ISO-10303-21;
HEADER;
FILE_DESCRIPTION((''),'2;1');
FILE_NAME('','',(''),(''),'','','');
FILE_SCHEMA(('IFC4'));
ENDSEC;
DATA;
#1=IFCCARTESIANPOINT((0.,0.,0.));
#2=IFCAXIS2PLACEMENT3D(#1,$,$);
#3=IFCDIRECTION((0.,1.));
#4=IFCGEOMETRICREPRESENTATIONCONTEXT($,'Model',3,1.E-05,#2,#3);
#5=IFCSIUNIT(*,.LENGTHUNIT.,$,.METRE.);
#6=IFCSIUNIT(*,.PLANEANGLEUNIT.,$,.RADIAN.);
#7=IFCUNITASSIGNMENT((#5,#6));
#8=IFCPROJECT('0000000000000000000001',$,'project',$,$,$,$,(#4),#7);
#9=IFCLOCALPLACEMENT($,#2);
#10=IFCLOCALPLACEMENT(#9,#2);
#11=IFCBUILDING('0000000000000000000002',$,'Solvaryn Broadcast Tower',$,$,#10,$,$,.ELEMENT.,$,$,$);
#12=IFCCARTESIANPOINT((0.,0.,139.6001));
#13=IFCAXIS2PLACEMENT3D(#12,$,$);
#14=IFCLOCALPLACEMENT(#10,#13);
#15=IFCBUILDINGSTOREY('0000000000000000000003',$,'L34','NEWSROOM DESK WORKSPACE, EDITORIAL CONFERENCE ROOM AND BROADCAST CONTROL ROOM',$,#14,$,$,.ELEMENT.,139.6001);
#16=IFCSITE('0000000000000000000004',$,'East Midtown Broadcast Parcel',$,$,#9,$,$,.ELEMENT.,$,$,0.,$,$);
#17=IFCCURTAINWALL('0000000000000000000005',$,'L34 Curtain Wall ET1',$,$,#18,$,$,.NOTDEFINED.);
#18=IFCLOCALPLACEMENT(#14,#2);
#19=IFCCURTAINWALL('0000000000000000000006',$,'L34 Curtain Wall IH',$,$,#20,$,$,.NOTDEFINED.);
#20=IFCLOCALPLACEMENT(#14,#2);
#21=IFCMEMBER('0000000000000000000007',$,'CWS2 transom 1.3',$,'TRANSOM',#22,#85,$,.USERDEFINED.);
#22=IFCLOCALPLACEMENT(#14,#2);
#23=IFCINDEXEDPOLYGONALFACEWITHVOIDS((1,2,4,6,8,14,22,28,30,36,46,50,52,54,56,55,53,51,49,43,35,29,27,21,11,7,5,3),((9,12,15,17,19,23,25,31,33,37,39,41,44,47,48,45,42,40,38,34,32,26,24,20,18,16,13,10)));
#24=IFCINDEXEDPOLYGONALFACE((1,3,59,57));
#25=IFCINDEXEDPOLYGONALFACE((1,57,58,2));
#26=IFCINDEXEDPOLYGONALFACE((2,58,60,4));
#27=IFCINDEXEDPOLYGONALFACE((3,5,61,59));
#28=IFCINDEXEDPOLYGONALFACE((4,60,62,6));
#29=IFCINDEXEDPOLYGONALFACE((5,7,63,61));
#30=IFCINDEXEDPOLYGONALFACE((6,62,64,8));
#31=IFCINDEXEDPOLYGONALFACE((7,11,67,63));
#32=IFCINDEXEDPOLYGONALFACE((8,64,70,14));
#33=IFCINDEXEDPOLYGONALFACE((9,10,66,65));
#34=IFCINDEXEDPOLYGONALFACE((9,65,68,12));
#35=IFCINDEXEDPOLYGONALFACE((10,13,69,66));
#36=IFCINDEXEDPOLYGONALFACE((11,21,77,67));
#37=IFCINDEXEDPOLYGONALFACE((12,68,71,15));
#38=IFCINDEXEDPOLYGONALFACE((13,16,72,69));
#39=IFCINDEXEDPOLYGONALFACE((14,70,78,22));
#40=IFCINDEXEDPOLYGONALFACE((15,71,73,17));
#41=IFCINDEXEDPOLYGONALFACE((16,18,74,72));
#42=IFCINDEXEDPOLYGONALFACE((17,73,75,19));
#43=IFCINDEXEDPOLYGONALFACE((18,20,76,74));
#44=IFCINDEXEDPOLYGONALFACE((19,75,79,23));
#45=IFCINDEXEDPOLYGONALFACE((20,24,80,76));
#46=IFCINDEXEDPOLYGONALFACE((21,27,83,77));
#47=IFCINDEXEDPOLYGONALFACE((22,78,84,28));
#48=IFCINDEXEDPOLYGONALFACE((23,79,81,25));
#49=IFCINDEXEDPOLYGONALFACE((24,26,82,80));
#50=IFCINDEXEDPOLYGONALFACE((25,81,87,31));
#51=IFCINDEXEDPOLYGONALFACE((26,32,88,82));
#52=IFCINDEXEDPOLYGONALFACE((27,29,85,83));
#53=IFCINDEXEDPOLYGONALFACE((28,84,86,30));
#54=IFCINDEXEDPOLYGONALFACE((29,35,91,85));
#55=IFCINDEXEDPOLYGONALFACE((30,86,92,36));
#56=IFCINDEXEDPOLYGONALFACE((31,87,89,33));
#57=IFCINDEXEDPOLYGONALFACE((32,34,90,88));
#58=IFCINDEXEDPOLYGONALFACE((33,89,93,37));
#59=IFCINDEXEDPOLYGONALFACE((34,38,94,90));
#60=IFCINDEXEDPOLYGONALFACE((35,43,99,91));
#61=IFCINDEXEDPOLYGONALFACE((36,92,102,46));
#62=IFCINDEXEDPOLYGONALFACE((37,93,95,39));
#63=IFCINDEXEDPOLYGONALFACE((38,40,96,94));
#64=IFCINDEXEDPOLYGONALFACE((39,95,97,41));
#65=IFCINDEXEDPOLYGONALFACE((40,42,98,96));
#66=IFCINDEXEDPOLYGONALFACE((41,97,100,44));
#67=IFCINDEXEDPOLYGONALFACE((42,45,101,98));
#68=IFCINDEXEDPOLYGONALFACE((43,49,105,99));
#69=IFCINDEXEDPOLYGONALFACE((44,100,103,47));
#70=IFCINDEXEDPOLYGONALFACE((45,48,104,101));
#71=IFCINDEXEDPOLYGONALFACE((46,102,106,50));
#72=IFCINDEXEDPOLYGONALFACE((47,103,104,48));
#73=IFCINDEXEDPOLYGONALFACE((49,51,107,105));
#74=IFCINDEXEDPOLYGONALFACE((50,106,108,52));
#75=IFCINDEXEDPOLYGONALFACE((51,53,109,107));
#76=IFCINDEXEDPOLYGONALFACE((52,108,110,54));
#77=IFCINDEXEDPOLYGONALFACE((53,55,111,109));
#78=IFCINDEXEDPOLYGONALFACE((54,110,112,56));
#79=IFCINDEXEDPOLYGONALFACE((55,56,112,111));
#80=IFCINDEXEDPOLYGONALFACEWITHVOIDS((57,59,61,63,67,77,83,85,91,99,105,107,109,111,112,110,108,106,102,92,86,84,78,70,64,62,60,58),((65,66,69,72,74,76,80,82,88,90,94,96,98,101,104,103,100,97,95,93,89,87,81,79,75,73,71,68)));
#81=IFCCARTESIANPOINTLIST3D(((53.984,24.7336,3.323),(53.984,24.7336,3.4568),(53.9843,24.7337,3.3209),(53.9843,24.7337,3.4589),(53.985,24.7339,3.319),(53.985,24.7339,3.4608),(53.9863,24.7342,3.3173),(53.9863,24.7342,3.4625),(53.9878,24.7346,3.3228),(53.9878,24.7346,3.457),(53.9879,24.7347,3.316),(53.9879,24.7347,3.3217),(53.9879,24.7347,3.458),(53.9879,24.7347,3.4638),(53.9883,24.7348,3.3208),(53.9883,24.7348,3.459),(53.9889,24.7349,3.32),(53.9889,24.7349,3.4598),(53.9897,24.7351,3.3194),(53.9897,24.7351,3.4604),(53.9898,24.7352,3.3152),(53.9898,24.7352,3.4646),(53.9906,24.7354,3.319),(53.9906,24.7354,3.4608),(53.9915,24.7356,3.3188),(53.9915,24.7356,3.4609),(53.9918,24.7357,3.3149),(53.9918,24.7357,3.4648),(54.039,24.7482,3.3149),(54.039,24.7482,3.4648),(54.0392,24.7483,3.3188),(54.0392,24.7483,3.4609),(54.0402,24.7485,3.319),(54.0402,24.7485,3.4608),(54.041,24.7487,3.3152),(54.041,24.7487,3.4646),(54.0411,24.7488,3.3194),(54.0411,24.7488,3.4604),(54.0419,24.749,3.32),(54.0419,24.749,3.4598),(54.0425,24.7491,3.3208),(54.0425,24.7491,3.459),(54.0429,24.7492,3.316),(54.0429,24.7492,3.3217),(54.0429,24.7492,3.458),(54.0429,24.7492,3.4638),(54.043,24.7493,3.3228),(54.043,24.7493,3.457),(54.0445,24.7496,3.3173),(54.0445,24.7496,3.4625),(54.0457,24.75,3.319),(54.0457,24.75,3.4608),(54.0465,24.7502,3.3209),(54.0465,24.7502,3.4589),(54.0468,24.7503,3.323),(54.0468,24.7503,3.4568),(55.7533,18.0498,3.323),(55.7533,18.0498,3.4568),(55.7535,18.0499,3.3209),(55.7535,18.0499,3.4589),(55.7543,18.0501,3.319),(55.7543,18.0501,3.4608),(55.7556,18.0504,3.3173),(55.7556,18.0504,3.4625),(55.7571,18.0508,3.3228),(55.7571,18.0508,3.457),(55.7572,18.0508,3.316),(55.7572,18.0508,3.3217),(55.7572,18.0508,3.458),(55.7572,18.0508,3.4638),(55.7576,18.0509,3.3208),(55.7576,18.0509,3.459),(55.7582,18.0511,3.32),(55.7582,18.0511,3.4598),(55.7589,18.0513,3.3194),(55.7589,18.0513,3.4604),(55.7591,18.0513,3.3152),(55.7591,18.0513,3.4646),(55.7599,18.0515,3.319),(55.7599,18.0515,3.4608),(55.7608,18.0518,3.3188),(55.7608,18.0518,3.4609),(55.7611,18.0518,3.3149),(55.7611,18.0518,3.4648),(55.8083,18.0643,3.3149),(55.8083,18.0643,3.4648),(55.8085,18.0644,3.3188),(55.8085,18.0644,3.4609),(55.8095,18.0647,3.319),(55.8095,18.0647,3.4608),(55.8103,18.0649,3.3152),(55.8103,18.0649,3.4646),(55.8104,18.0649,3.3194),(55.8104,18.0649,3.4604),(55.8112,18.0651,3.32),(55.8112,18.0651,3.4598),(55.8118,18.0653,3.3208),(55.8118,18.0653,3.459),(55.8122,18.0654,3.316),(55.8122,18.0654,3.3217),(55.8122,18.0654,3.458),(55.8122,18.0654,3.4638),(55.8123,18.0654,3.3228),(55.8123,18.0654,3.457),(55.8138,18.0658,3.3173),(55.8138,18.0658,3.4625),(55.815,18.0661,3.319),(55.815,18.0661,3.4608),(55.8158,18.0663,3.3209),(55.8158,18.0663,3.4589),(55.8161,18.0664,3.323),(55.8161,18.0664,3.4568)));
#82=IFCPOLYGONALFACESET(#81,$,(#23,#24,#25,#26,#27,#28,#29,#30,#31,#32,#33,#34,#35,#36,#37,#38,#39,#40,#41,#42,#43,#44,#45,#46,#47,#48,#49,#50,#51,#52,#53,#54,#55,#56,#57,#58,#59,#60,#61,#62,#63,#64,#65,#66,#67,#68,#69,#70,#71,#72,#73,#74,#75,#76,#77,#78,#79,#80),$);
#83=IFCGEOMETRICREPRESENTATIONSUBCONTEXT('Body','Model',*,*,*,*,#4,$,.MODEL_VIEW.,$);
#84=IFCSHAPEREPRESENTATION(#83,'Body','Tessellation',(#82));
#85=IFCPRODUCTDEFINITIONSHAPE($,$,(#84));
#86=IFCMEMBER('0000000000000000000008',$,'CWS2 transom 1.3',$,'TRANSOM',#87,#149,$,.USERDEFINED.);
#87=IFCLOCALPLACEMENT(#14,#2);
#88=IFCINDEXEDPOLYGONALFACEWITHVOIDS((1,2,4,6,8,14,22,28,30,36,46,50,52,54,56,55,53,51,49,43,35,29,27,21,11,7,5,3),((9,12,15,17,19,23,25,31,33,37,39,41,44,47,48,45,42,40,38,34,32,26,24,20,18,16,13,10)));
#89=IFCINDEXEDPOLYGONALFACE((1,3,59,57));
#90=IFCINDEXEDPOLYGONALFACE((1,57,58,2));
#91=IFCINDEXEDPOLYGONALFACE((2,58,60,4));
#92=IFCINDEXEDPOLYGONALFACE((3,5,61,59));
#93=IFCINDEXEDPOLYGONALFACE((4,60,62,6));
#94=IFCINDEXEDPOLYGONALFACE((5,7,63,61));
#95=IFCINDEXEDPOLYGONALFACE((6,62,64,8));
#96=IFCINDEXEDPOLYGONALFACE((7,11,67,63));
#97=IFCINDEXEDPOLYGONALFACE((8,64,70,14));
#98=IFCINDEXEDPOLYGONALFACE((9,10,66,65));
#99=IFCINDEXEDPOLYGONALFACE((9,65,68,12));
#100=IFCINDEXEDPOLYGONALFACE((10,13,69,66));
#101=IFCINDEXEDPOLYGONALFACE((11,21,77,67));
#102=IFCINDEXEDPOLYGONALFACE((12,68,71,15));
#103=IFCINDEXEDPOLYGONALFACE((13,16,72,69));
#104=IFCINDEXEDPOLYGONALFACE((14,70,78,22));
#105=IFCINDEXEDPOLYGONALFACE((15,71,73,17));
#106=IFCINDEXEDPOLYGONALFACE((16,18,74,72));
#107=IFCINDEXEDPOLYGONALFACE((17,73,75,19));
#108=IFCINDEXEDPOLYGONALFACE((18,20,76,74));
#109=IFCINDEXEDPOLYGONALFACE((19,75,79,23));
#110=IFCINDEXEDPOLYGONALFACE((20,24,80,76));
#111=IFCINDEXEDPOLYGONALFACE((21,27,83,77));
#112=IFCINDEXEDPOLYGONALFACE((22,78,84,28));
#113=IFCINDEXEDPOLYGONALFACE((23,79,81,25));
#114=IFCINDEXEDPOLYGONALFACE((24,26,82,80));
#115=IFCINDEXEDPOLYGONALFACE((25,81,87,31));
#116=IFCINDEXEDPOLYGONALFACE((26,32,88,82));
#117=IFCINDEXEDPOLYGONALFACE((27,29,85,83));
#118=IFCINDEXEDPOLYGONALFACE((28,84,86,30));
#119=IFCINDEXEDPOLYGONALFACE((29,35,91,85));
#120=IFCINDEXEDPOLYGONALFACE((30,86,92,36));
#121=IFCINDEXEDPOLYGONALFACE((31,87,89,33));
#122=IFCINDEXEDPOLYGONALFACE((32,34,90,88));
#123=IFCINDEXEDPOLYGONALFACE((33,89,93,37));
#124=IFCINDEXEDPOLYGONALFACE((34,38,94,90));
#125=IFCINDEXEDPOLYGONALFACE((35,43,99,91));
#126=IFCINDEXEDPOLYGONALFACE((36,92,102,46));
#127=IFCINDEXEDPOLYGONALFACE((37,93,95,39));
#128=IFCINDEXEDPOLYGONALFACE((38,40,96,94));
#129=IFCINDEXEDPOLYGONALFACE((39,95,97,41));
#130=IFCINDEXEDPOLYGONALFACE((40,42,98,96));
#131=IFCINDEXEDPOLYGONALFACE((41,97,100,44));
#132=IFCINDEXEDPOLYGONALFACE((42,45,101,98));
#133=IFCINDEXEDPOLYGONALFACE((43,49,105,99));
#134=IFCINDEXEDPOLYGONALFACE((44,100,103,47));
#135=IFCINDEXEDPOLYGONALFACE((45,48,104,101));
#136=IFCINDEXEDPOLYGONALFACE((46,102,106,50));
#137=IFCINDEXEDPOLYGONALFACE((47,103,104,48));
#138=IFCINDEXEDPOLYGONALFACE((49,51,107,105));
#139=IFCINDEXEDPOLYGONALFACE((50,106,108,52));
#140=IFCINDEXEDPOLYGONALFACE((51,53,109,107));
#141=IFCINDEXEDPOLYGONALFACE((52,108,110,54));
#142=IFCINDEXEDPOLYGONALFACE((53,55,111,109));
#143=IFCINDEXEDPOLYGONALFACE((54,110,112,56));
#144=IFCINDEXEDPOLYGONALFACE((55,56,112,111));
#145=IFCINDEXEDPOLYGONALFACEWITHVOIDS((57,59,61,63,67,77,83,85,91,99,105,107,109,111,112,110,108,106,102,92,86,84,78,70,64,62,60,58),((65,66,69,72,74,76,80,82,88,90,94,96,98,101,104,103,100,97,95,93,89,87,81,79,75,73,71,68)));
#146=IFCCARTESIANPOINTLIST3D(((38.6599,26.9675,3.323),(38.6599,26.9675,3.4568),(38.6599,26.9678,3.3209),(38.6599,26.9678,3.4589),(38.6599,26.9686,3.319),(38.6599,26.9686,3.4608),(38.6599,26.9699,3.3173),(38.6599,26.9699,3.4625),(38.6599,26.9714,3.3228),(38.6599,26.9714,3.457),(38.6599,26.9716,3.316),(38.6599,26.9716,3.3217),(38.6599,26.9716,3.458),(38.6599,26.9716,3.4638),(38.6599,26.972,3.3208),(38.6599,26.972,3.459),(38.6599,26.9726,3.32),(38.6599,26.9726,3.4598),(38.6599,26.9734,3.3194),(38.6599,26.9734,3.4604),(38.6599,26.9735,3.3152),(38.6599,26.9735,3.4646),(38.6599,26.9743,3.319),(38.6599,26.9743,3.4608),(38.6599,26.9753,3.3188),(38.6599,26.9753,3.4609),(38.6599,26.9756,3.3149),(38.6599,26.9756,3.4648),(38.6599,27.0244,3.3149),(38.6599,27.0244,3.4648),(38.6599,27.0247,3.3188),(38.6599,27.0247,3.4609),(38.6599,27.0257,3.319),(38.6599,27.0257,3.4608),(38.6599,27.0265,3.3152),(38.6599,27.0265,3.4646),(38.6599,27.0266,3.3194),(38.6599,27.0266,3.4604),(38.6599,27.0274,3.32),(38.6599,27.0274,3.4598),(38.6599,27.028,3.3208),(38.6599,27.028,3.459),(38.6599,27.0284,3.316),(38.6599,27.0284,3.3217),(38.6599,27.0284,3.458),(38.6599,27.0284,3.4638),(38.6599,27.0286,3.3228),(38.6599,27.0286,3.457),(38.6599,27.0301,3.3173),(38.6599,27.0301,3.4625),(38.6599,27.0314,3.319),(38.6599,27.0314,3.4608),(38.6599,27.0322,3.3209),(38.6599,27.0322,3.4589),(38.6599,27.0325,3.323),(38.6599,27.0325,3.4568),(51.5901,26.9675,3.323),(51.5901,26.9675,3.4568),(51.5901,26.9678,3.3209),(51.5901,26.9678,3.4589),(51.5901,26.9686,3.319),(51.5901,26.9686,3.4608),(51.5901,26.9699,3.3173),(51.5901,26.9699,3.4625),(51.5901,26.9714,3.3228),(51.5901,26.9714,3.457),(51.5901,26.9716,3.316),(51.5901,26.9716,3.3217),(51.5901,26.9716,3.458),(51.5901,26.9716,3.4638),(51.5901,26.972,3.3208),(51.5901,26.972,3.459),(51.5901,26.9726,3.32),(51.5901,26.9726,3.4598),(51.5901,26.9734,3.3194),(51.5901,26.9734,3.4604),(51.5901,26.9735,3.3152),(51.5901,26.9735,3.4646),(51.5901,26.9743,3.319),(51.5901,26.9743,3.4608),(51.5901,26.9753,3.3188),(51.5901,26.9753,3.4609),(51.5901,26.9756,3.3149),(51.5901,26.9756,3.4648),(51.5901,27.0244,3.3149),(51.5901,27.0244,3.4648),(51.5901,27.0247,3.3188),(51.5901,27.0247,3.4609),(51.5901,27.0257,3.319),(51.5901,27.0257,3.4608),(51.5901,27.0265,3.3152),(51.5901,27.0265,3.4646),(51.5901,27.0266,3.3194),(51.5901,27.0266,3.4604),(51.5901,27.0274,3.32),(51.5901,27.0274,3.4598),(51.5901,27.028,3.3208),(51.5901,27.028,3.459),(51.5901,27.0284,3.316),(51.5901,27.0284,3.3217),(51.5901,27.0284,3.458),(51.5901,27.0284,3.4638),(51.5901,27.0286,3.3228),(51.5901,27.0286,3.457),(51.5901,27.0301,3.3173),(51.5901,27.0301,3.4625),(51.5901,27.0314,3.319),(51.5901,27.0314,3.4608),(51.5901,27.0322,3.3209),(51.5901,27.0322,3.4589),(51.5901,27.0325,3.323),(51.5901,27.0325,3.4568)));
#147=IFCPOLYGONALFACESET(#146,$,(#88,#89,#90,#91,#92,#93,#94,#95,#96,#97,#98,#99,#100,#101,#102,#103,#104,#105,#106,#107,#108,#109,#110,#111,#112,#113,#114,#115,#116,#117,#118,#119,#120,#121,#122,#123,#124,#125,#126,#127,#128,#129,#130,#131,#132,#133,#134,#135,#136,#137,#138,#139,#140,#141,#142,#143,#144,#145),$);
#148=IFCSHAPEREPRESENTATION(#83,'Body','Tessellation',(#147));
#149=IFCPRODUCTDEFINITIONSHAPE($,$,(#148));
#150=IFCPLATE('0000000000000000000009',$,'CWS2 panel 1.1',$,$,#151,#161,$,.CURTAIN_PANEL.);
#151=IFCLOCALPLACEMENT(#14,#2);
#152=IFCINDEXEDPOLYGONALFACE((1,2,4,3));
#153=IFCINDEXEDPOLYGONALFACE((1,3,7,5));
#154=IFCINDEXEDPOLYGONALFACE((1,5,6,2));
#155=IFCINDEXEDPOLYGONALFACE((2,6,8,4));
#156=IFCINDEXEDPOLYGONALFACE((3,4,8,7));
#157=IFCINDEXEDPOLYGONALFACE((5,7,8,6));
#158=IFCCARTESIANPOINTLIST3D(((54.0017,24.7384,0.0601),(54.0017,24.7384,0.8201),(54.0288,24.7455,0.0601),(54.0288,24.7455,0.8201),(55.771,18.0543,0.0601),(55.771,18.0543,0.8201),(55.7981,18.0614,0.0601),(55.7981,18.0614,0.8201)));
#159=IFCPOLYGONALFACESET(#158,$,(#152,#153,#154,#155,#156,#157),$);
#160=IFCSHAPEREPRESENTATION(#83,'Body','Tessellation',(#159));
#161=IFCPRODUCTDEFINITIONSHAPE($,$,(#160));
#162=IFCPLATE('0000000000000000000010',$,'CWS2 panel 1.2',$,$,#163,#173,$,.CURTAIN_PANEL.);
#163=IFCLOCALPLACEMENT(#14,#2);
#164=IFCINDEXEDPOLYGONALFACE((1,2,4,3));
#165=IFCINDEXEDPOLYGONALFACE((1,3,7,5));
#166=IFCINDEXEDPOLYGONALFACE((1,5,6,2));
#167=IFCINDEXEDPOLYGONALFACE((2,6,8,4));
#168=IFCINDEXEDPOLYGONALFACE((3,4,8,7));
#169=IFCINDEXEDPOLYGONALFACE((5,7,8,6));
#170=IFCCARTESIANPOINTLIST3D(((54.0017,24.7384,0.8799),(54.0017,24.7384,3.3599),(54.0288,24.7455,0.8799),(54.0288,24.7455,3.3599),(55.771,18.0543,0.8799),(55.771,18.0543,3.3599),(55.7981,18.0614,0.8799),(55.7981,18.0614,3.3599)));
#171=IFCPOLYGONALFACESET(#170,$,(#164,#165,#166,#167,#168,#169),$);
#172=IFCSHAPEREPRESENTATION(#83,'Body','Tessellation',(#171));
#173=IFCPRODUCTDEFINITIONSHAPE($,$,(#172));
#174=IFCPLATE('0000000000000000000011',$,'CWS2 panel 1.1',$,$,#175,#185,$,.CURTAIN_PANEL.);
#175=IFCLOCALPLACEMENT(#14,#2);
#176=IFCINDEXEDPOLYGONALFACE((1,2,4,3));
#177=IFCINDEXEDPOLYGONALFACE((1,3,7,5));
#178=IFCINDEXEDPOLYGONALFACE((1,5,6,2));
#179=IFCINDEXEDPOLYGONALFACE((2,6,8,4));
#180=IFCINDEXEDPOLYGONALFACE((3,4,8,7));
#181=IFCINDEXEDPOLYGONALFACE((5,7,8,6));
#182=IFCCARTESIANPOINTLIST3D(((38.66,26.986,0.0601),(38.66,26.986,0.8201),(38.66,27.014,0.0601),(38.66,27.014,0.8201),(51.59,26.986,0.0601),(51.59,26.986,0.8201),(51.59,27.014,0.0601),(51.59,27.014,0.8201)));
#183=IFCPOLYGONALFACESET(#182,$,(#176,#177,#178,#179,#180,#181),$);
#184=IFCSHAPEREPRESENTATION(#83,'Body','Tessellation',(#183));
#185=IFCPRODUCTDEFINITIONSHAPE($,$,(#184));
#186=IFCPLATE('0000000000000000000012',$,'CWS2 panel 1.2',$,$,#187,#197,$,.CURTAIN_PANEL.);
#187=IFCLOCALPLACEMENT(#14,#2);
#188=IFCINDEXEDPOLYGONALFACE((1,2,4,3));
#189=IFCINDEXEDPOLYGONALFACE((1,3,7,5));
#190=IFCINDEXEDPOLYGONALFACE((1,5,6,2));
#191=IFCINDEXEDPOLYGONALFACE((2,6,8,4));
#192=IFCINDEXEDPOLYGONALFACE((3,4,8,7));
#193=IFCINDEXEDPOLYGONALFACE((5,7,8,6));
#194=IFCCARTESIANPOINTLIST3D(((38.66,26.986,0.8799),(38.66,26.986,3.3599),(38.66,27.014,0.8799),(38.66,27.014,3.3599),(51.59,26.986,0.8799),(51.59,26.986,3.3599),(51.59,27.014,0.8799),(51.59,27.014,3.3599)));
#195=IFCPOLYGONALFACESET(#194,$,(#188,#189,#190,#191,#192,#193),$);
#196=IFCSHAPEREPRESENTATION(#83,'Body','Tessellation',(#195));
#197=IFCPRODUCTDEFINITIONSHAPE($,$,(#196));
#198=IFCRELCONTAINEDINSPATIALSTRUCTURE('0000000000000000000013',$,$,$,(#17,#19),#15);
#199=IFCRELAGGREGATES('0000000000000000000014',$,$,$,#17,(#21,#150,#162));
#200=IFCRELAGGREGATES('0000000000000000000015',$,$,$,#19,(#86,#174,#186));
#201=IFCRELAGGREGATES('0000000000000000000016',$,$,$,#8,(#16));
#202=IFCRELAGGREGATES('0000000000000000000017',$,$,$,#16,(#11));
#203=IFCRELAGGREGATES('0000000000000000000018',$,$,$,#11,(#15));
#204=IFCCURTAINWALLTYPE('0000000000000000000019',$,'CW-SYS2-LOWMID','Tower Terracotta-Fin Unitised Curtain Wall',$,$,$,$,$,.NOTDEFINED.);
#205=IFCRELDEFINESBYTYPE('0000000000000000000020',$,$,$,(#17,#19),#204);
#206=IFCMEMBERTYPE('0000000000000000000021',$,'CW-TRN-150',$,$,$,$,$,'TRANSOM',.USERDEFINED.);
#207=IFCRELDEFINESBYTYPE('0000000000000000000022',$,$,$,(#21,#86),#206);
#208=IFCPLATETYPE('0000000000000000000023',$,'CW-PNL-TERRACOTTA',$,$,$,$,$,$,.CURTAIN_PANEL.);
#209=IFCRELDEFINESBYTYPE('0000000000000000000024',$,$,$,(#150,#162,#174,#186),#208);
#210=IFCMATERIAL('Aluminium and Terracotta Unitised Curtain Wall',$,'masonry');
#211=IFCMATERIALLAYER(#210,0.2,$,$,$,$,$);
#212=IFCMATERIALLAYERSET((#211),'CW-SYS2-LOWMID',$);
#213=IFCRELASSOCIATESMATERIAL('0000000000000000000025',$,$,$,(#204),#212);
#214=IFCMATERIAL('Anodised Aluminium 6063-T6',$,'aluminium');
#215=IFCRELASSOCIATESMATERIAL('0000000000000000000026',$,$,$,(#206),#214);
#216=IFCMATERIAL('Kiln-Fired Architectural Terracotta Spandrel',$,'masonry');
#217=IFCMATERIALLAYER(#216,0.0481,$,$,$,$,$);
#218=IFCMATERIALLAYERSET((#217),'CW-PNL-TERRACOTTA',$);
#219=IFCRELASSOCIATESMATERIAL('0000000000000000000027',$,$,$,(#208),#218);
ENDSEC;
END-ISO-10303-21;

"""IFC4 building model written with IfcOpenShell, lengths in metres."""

from ifc_helpers import new_model, si_unit, direction, frame, origin, origin_2d, place, context, subcontext, project, spatial, rectangle, hollow_rectangle, extrude, material, layer, layer_set, material_profile, profile_set, type_object, element, aggregate, save


model = new_model("IFC4")

# Units and contexts
model_context = context("Model", 3, precision=1e-05, world=origin(), true_north=direction((0.0, 1.0)))
body_context = subcontext(model_context, "Body", "Model", "MODEL_VIEW")
ifc_project = project(units=[si_unit("LENGTHUNIT", "METRE"), si_unit("PLANEANGLEUNIT", "RADIAN")], contexts=[model_context])

# Site, building, storey
site_placement = place(None, origin())
site = spatial("IfcSite", under=ifc_project, at=site_placement, Name="East Midtown Broadcast Parcel", CompositionType="ELEMENT", RefElevation=0.0)
building_placement = place(site_placement, origin())
building = spatial("IfcBuilding", under=site, at=building_placement, Name="Solvaryn Broadcast Tower", CompositionType="ELEMENT")
storey_placement = place(building_placement, frame((0.0, 0.0, 139.6001)))
storey = spatial("IfcBuildingStorey", under=building, at=storey_placement, Name="L34", Description="NEWSROOM DESK WORKSPACE, EDITORIAL CONFERENCE ROOM AND BROADCAST CONTROL ROOM", CompositionType="ELEMENT", Elevation=139.6001)

# Curtain walls
ifc_material_1 = material(Name="Aluminium and Terracotta Unitised Curtain Wall", Category="masonry")
ifc_layer_1 = layer(ifc_material_1, 0.2)
ifc_layer_set_1 = layer_set([ifc_layer_1], Name="CW-SYS2-LOWMID")
curtain_wall_type = type_object("IfcCurtainWallType", Name="CW-SYS2-LOWMID", Description="Tower Terracotta-Fin Unitised Curtain Wall", PredefinedType="NOTDEFINED", material=ifc_layer_set_1)
curtain_wall_1_placement = place(storey_placement, origin())
curtain_wall_1 = element("IfcCurtainWall", 1, at=curtain_wall_1_placement, inside=storey, type_object=curtain_wall_type, Name="L34 Curtain Wall ET1", PredefinedType="NOTDEFINED")
curtain_wall_2_placement = place(storey_placement, origin())
curtain_wall_2 = element("IfcCurtainWall", 2, at=curtain_wall_2_placement, inside=storey, type_object=curtain_wall_type, Name="L34 Curtain Wall IH", PredefinedType="NOTDEFINED")

# Members
ifc_material_2 = material(Name="Anodised Aluminium 6063-T6", Category="aluminium")
ifc_material_profile_1 = material_profile(ifc_material_2, hollow_rectangle(XDim=0.0649, YDim=0.1499, WallThickness=0.0039, InnerFilletRadius=0.0039, OuterFilletRadius=0.0081, at=origin_2d()))
ifc_profile_set_1 = profile_set([ifc_material_profile_1], Name="Anodised Aluminium 6063-T6")
member_type_1 = type_object("IfcMemberType", Name="CW-TRN-150", ElementType="TRANSOM", PredefinedType="USERDEFINED", material=ifc_profile_set_1)
member_1_placement = place(storey_placement, frame((54.0154, 24.7419, 3.3899), z_axis=(0.255897, -0.966704, 0.0), x_axis=(0.966704, 0.255897, 0.0)))
member_1 = element("IfcMember", 3, at=member_1_placement, type_object=member_type_1, Name="CWS2 transom 1.3", ObjectType="TRANSOM", PredefinedType="USERDEFINED", context=body_context, shape_type="SweptSolid", body=[
    extrude(hollow_rectangle(XDim=0.0649, YDim=0.1499, WallThickness=0.0039, InnerFilletRadius=0.0039, OuterFilletRadius=0.0081, at=origin_2d()), origin(), (0.0, 0.0, 1.0), 6.9141),
])
member_2_placement = place(storey_placement, frame((38.6599, 27.0, 3.3899), z_axis=(1.0, 0.0, 0.0), x_axis=(0.0, 1.0, 0.0)))
member_2 = element("IfcMember", 4, at=member_2_placement, type_object=member_type_1, Name="CWS2 transom 1.3", ObjectType="TRANSOM", PredefinedType="USERDEFINED", context=body_context, shape_type="SweptSolid", body=[
    extrude(hollow_rectangle(XDim=0.0649, YDim=0.1499, WallThickness=0.0039, InnerFilletRadius=0.0039, OuterFilletRadius=0.0081, at=origin_2d()), origin(), (0.0, 0.0, 1.0), 12.9302),
])

# Plates
ifc_material_3 = material(Name="Kiln-Fired Architectural Terracotta Spandrel", Category="masonry")
ifc_layer_2 = layer(ifc_material_3, 0.0481)
ifc_layer_set_2 = layer_set([ifc_layer_2], Name="CW-PNL-TERRACOTTA")
plate_type = type_object("IfcPlateType", Name="CW-PNL-TERRACOTTA", PredefinedType="CURTAIN_PANEL", material=ifc_layer_set_2)
plate_1_placement = place(storey_placement, frame((54.8999, 21.3999, 0.0601), z_axis=(0.0, 0.0, 1.0), x_axis=(0.255893, -0.966705, 0.0)))
plate_1 = element("IfcPlate", 5, at=plate_1_placement, type_object=plate_type, Name="CWS2 panel 1.1", PredefinedType="CURTAIN_PANEL", context=body_context, shape_type="SweptSolid", body=[
    extrude(rectangle(XDim=6.9143, YDim=0.0281, at=origin_2d()), origin(), (0.0, 0.0, 1.0), 0.76),
])
plate_2_placement = place(storey_placement, frame((54.8999, 21.3999, 0.8799), z_axis=(0.0, 0.0, 1.0), x_axis=(0.255893, -0.966705, 0.0)))
plate_2 = element("IfcPlate", 6, at=plate_2_placement, type_object=plate_type, Name="CWS2 panel 1.2", PredefinedType="CURTAIN_PANEL", context=body_context, shape_type="SweptSolid", body=[
    extrude(rectangle(XDim=6.9143, YDim=0.0281, at=origin_2d()), origin(), (0.0, 0.0, 1.0), 2.48),
])
aggregate(curtain_wall_1, [member_1, plate_1, plate_2])
plate_3_placement = place(storey_placement, frame((45.125, 27.0, 0.0601), z_axis=(0.0, 0.0, 1.0), x_axis=(1.0, 0.0, 0.0)))
plate_3 = element("IfcPlate", 7, at=plate_3_placement, type_object=plate_type, Name="CWS2 panel 1.1", PredefinedType="CURTAIN_PANEL", context=body_context, shape_type="SweptSolid", body=[
    extrude(rectangle(XDim=12.9299, YDim=0.0281, at=origin_2d()), origin(), (0.0, 0.0, 1.0), 0.76),
])
plate_4_placement = place(storey_placement, frame((45.125, 27.0, 0.8799), z_axis=(0.0, 0.0, 1.0), x_axis=(1.0, 0.0, 0.0)))
plate_4 = element("IfcPlate", 8, at=plate_4_placement, type_object=plate_type, Name="CWS2 panel 1.2", PredefinedType="CURTAIN_PANEL", context=body_context, shape_type="SweptSolid", body=[
    extrude(rectangle(XDim=12.9299, YDim=0.0281, at=origin_2d()), origin(), (0.0, 0.0, 1.0), 2.48),
])
aggregate(curtain_wall_2, [member_2, plate_3, plate_4])

save(model, "model.ifc")
